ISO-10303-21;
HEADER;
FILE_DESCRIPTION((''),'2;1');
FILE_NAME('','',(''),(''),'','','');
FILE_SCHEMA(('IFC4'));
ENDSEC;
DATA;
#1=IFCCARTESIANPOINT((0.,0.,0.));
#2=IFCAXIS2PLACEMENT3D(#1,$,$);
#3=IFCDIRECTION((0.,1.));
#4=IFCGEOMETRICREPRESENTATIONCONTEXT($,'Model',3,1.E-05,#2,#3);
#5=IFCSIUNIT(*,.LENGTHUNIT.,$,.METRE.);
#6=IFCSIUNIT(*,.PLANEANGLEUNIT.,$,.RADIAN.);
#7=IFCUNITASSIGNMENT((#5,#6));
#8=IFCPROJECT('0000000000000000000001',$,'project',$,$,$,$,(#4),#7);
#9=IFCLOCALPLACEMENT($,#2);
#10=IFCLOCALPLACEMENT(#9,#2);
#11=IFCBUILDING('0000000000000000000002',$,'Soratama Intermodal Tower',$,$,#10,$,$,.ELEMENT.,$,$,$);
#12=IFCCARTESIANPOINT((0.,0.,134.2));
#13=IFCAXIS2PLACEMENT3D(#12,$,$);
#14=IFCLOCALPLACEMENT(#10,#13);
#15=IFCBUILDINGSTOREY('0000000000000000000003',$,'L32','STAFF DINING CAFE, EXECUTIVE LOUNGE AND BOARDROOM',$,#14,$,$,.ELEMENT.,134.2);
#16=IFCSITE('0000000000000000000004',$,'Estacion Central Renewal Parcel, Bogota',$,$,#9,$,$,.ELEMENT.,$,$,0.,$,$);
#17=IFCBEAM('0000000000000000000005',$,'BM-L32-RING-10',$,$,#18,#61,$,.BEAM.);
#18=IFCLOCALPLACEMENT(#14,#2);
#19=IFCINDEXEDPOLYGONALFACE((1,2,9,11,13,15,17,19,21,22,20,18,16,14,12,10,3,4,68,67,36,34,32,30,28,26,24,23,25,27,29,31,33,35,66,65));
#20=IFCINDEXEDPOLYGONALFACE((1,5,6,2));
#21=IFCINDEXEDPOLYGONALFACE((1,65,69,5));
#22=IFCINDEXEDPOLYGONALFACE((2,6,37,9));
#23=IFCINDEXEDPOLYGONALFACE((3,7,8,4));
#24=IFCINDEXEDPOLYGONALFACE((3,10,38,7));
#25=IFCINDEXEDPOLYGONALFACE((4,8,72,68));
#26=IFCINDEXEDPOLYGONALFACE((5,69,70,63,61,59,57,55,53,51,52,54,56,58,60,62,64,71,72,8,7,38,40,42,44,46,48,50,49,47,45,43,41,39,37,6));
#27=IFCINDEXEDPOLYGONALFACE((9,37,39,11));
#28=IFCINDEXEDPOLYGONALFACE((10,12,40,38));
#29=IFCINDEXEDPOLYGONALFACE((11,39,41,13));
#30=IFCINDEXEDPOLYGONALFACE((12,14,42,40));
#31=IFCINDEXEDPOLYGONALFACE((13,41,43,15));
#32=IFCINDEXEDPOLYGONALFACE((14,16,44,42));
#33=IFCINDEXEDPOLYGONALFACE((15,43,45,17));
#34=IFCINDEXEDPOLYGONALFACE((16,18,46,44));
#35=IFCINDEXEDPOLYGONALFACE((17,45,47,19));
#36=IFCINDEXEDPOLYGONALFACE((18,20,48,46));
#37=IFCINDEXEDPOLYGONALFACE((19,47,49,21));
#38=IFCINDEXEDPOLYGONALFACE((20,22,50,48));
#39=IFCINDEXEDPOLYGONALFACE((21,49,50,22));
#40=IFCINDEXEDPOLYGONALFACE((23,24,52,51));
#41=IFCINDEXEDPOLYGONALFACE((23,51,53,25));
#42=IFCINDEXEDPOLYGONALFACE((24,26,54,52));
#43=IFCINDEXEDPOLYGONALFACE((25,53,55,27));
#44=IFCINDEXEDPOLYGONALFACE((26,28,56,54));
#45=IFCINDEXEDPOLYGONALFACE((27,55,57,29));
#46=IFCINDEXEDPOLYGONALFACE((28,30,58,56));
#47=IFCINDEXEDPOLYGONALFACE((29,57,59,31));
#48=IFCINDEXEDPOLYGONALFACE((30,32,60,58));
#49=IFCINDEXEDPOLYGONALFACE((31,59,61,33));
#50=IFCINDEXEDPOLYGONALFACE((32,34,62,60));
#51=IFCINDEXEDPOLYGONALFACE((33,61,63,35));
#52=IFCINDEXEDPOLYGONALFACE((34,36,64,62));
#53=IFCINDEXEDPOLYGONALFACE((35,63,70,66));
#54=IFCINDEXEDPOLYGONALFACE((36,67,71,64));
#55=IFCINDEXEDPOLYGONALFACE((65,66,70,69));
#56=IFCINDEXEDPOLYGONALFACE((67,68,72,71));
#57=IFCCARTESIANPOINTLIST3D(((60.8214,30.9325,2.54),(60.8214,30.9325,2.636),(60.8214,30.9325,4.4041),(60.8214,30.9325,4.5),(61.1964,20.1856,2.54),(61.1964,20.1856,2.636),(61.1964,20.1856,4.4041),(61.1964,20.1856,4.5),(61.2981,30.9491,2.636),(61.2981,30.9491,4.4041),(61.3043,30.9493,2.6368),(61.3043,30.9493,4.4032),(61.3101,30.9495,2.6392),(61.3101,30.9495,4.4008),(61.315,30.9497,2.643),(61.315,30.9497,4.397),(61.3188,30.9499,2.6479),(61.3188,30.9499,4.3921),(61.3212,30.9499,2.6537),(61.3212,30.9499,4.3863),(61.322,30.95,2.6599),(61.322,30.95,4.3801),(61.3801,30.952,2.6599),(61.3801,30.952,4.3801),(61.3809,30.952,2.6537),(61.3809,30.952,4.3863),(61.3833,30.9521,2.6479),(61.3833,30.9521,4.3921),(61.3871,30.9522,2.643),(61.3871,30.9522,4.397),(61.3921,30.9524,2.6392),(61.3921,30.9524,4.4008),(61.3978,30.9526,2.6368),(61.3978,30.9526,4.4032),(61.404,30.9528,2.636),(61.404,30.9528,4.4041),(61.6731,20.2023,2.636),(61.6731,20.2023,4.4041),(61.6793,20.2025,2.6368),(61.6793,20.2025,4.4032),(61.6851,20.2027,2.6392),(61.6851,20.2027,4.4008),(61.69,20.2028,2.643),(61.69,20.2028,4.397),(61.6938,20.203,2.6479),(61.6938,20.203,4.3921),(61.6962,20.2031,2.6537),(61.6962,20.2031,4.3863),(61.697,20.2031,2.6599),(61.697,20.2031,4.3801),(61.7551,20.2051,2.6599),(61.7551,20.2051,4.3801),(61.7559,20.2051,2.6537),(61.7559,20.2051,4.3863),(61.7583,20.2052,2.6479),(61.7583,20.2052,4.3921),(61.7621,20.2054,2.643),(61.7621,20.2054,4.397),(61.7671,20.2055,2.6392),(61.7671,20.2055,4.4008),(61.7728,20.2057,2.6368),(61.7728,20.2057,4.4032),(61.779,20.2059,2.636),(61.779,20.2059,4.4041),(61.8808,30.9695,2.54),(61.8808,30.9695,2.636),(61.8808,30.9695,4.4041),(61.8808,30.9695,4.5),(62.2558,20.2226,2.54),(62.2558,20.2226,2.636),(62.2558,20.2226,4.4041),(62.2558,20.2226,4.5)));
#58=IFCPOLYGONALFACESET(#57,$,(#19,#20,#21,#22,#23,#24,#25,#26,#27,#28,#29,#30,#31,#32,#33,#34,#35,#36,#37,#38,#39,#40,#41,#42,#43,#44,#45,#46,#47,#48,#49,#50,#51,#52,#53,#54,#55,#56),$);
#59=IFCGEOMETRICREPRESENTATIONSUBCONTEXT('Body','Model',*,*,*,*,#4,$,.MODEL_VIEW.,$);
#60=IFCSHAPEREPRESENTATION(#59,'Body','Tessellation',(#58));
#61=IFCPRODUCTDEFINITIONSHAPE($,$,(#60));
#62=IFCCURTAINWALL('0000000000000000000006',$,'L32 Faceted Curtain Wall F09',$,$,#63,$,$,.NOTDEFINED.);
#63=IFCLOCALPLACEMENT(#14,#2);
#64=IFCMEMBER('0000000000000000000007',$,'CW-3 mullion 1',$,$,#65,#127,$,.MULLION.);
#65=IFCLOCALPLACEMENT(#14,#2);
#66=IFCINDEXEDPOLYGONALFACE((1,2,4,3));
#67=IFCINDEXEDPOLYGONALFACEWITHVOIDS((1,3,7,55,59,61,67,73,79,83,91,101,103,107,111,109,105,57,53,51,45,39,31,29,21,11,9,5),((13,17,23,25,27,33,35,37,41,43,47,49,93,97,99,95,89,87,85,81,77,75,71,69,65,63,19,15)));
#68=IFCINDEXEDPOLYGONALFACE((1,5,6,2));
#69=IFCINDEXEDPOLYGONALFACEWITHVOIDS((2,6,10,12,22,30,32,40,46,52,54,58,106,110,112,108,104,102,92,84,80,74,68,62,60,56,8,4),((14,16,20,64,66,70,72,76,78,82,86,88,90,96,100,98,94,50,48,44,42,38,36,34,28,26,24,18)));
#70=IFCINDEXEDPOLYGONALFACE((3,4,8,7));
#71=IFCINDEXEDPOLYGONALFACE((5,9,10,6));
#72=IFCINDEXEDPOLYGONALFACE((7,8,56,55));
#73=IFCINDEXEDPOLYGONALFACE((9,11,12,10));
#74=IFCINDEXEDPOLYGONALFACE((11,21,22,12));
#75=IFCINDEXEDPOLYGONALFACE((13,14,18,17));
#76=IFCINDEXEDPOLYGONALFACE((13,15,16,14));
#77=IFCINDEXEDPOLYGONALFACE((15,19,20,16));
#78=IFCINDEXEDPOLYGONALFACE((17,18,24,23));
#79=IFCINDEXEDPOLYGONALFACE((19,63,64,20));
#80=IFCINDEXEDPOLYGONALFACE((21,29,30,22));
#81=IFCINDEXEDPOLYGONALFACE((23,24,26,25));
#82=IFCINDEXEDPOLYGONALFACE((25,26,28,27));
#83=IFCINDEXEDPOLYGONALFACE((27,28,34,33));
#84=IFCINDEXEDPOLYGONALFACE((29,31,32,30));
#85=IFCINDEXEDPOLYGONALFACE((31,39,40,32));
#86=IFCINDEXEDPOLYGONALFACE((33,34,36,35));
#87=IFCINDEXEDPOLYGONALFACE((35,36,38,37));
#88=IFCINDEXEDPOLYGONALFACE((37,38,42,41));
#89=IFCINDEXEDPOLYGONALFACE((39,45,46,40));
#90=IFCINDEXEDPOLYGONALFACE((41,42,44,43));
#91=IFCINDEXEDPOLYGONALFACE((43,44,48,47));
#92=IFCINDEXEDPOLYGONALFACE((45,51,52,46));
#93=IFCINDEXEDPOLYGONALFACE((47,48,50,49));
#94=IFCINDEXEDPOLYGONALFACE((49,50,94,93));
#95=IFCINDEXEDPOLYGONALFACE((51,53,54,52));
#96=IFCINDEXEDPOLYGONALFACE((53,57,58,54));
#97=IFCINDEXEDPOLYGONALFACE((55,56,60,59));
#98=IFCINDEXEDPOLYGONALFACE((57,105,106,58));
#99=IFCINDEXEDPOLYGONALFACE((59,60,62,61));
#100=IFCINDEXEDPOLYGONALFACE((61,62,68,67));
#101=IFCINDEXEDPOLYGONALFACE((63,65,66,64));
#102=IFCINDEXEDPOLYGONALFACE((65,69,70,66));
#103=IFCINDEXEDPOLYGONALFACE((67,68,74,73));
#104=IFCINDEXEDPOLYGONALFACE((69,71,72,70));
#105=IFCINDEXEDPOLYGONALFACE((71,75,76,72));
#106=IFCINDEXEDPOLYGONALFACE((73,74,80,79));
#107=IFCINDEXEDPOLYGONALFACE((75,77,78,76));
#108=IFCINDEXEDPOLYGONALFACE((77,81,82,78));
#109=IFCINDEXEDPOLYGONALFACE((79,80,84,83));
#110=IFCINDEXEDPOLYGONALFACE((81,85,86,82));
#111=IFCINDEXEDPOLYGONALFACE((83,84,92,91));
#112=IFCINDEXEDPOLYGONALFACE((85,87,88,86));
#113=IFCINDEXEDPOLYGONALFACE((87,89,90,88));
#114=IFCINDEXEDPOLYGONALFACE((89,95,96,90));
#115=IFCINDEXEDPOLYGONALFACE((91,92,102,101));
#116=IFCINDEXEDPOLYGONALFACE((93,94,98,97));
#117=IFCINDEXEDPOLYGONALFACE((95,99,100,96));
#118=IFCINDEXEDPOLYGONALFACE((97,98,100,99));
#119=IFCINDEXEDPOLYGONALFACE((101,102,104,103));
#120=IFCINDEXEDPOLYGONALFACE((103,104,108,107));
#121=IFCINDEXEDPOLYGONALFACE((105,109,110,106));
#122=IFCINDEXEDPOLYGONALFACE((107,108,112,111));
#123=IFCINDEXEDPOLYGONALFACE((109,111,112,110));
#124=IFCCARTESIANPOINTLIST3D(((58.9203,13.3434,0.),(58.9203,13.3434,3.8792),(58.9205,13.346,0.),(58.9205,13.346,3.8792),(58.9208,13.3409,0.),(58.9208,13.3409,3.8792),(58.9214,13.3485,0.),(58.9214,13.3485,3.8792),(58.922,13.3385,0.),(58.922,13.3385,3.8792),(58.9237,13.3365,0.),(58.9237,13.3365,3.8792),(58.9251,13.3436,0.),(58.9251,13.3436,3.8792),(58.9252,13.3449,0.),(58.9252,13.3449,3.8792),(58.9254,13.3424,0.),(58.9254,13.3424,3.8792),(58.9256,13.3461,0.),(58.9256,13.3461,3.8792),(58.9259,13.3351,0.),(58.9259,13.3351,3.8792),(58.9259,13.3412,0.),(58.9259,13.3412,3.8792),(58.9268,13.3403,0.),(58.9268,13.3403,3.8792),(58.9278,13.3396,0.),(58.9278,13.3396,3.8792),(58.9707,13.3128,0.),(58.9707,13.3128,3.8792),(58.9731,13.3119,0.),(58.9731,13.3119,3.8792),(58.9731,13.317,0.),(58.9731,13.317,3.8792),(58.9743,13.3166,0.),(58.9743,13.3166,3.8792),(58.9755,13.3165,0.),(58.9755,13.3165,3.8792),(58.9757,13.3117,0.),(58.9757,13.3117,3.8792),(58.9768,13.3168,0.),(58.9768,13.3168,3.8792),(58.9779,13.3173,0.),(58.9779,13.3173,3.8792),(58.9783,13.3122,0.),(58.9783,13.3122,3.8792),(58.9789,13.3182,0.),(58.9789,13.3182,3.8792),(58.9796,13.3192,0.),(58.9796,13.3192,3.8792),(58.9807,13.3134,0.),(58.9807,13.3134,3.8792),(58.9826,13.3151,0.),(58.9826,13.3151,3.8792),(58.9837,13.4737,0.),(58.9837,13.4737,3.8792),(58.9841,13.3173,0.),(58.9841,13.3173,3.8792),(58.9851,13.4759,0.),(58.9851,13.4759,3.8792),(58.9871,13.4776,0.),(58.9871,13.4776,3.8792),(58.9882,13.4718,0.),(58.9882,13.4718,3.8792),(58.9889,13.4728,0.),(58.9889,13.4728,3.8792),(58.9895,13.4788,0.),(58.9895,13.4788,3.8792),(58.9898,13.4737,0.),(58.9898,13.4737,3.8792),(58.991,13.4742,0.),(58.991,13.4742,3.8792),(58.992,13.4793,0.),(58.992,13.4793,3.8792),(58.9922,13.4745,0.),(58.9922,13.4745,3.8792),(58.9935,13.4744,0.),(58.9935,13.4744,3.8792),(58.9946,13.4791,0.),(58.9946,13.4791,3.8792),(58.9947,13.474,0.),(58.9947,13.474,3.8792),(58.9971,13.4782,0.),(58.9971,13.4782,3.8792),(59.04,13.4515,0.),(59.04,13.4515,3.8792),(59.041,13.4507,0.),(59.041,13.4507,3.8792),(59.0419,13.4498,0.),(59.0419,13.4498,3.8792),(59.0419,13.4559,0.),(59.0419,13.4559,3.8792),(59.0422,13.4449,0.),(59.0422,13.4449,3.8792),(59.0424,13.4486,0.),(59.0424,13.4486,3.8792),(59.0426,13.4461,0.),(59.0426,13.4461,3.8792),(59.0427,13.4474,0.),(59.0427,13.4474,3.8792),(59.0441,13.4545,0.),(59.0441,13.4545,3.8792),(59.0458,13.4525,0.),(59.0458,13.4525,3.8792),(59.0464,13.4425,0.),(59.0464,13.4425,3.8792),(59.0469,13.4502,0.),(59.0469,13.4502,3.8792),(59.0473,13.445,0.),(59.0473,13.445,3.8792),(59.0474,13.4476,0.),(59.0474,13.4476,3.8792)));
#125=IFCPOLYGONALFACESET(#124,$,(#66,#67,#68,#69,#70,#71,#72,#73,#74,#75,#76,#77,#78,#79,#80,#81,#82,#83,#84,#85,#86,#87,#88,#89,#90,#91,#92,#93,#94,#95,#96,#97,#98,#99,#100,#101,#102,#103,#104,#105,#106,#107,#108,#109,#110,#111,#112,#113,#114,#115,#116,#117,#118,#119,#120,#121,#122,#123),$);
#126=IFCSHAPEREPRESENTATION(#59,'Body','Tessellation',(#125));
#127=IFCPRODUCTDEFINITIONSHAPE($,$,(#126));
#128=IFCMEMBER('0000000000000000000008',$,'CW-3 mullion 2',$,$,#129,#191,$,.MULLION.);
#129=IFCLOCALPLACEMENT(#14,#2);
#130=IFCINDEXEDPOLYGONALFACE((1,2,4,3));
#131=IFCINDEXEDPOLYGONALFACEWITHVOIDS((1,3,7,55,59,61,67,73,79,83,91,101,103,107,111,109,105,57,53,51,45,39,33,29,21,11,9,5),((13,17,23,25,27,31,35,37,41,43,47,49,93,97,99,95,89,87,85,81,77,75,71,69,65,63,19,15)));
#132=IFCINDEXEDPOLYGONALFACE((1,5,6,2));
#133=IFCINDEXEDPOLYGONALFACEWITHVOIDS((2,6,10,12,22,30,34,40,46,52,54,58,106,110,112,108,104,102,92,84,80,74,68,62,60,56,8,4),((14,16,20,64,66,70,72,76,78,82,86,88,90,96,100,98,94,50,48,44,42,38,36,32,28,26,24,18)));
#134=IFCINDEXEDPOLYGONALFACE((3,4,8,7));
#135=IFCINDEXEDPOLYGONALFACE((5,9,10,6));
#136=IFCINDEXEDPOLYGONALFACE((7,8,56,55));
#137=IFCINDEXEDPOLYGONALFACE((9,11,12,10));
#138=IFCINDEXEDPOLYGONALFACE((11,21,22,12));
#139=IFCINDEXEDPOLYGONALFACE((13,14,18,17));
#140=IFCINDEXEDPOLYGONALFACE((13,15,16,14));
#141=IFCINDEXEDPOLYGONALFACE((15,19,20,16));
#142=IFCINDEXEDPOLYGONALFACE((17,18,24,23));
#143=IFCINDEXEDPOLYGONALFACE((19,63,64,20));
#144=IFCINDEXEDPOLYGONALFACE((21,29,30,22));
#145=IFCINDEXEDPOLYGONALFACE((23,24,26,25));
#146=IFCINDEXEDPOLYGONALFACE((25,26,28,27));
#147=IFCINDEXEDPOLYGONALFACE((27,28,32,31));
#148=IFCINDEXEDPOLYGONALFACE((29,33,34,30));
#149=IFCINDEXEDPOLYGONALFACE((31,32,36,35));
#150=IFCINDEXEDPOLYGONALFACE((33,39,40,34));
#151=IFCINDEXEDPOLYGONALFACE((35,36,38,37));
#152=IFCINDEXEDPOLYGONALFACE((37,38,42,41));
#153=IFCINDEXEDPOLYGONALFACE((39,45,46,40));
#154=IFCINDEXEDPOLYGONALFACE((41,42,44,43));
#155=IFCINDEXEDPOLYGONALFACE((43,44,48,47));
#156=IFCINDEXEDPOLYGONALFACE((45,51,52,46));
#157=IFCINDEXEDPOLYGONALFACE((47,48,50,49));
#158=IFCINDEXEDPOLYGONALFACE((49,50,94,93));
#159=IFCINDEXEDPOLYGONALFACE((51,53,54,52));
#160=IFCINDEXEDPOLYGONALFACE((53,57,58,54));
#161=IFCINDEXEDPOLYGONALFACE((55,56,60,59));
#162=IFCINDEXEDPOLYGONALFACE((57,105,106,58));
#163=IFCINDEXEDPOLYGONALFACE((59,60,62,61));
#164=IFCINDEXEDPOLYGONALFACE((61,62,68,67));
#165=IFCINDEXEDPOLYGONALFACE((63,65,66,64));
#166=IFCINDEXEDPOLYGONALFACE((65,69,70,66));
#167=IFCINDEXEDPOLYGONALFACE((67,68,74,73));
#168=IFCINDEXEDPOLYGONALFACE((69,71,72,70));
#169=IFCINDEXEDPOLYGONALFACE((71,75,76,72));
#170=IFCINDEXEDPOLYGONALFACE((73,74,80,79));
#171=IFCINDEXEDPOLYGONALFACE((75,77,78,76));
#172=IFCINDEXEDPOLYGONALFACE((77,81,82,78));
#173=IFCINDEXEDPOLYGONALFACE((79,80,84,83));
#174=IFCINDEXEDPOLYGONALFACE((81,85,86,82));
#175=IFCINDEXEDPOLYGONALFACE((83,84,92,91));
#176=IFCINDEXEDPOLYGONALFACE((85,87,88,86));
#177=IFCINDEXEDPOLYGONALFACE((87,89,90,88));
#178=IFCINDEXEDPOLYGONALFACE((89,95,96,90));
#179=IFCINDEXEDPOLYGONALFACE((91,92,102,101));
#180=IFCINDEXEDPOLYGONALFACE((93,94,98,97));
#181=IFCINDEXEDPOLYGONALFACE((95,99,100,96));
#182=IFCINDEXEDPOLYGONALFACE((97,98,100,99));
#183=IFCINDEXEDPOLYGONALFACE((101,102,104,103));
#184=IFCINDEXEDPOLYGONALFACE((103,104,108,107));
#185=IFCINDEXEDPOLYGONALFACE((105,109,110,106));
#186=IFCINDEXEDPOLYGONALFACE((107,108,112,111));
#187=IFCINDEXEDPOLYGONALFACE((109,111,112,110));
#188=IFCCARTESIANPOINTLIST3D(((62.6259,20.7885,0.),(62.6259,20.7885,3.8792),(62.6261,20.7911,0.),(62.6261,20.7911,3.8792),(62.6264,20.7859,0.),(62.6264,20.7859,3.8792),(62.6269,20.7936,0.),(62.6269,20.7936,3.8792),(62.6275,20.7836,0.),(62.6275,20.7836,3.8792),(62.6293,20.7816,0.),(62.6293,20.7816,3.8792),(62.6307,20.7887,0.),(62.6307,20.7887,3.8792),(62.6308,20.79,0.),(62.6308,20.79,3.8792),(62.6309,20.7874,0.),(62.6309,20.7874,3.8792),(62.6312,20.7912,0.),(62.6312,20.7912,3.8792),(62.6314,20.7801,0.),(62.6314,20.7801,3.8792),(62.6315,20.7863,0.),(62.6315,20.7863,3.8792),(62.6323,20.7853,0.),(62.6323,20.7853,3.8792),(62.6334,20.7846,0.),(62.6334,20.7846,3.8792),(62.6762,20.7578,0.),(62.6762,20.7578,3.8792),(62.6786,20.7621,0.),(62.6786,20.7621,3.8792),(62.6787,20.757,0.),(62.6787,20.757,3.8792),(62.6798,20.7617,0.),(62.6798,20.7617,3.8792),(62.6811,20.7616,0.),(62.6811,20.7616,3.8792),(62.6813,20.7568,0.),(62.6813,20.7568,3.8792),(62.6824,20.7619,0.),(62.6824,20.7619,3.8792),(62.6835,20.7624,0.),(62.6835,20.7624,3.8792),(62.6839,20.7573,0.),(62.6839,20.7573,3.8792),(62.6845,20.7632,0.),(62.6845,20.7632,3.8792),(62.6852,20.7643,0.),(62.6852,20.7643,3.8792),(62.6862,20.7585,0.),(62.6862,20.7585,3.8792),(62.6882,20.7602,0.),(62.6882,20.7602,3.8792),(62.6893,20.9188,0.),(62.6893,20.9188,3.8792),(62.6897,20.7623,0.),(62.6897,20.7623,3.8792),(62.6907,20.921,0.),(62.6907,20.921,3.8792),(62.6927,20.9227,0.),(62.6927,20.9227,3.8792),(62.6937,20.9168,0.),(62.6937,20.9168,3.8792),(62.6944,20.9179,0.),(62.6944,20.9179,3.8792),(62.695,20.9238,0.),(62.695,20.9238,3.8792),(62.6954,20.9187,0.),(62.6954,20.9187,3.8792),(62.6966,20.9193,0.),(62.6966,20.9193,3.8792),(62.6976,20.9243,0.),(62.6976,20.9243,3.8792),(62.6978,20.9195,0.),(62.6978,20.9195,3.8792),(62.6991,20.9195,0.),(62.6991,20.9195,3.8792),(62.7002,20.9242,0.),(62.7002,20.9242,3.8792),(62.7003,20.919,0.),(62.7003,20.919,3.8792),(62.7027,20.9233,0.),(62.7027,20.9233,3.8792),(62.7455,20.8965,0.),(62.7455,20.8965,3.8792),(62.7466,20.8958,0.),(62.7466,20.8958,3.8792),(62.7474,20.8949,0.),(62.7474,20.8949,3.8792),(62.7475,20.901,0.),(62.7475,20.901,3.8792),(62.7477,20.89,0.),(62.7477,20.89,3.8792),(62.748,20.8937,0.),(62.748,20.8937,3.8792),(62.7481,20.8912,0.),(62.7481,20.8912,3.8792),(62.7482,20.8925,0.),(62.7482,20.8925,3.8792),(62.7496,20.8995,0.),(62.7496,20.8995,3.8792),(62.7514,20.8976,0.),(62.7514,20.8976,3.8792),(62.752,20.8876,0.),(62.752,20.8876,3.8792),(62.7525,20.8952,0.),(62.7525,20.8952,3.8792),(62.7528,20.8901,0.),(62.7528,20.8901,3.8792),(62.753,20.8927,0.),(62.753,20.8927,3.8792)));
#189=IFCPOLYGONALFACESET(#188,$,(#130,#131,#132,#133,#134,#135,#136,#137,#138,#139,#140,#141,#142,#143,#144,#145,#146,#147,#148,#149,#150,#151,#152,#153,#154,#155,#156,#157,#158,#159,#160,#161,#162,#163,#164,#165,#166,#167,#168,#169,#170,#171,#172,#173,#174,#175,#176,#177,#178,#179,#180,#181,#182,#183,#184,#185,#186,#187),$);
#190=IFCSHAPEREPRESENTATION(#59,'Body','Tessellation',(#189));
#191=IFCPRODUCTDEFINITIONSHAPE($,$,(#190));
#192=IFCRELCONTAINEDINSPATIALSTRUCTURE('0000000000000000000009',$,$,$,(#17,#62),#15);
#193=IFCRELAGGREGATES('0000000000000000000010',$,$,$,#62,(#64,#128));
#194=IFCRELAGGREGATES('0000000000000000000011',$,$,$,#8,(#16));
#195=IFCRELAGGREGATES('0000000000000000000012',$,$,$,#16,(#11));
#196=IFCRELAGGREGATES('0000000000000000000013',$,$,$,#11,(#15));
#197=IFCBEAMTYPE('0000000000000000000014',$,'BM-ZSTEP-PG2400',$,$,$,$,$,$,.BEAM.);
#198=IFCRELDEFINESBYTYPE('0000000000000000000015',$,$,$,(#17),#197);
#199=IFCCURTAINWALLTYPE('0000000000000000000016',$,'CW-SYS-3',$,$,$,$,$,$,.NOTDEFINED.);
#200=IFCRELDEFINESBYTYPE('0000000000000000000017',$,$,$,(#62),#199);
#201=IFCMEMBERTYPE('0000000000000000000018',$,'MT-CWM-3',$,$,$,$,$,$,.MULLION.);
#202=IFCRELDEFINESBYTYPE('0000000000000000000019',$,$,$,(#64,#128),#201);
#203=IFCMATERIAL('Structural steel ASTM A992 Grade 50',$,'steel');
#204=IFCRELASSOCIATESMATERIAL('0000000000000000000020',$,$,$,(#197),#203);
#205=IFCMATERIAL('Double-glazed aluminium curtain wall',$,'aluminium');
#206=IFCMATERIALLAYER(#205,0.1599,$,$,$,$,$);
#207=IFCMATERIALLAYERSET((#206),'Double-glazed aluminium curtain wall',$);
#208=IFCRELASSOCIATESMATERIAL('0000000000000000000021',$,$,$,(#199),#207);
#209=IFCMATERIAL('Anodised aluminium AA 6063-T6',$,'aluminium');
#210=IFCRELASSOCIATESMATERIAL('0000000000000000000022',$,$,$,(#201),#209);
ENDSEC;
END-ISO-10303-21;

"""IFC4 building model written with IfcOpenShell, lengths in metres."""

from ifc_helpers import new_model, si_unit, direction, frame, origin, origin_2d, place, context, subcontext, project, spatial, hollow_rectangle, i_section, extrude, material, layer, layer_set, material_profile, profile_set, type_object, element, aggregate, save


model = new_model("IFC4")

# Units and contexts
model_context = context("Model", 3, precision=1e-05, world=origin(), true_north=direction((0.0, 1.0)))
body_context = subcontext(model_context, "Body", "Model", "MODEL_VIEW")
ifc_project = project(units=[si_unit("LENGTHUNIT", "METRE"), si_unit("PLANEANGLEUNIT", "RADIAN")], contexts=[model_context])

# Site, building, storey
site_placement = place(None, origin())
site = spatial("IfcSite", under=ifc_project, at=site_placement, Name="Estacion Central Renewal Parcel, Bogota", CompositionType="ELEMENT", RefElevation=0.0)
building_placement = place(site_placement, origin())
building = spatial("IfcBuilding", under=site, at=building_placement, Name="Soratama Intermodal Tower", CompositionType="ELEMENT")
storey_placement = place(building_placement, frame((0.0, 0.0, 134.2)))
storey = spatial("IfcBuildingStorey", under=building, at=storey_placement, Name="L32", Description="STAFF DINING CAFE, EXECUTIVE LOUNGE AND BOARDROOM", CompositionType="ELEMENT", Elevation=134.2)

# Beam
ifc_material_1 = material(Name="Structural steel ASTM A992 Grade 50", Category="steel")
ifc_material_profile_1 = material_profile(ifc_material_1, i_section(OverallWidth=1.0601, OverallDepth=1.96, WebThickness=0.0581, FlangeThickness=0.0959, FilletRadius=0.0239, at=origin_2d()), Name="PG2400X900")
ifc_profile_set_1 = profile_set([ifc_material_profile_1], Name="Structural steel ASTM A992 Grade 50")
beam_type_1 = type_object("IfcBeamType", Name="BM-ZSTEP-PG2400", PredefinedType="BEAM", material=ifc_profile_set_1)
beam_1_placement = place(storey_placement, frame((61.7261, 20.2041, 3.52), z_axis=(-0.034873, 0.999392, 0.0), x_axis=(-0.999392, -0.034873, 0.0)))
element("IfcBeam", 1, at=beam_1_placement, inside=storey, type_object=beam_type_1, Name="BM-L32-RING-10", PredefinedType="BEAM", context=body_context, shape_type="SweptSolid", body=[
    extrude(i_section(OverallWidth=1.0601, OverallDepth=1.96, WebThickness=0.0581, FlangeThickness=0.0959, FilletRadius=0.0239, at=origin_2d()), origin(), (0.0, 0.0, 1.0), 10.7534),
])

# Curtain wall, members
ifc_material_2 = material(Name="Double-glazed aluminium curtain wall", Category="aluminium")
ifc_layer_1 = layer(ifc_material_2, 0.1599)
ifc_layer_set_1 = layer_set([ifc_layer_1], Name="Double-glazed aluminium curtain wall")
curtain_wall_type = type_object("IfcCurtainWallType", Name="CW-SYS-3", PredefinedType="NOTDEFINED", material=ifc_layer_set_1)
curtain_wall_1_placement = place(storey_placement, origin())
curtain_wall_1 = element("IfcCurtainWall", 2, at=curtain_wall_1_placement, inside=storey, type_object=curtain_wall_type, Name="L32 Faceted Curtain Wall F09", PredefinedType="NOTDEFINED")
ifc_material_3 = material(Name="Anodised aluminium AA 6063-T6", Category="aluminium")
ifc_material_profile_2 = material_profile(ifc_material_3, hollow_rectangle(XDim=0.0701, YDim=0.1599, WallThickness=0.0049, InnerFilletRadius=0.0049, OuterFilletRadius=0.01, at=origin_2d()), Name="CWM160X70X5")
ifc_profile_set_2 = profile_set([ifc_material_profile_2], Name="Anodised aluminium AA 6063-T6")
member_type_1 = type_object("IfcMemberType", Name="MT-CWM-3", PredefinedType="MULLION", material=ifc_profile_set_2)
member_1_placement = place(storey_placement, frame((58.9839, 13.3955, 0.0), z_axis=(0.0, 0.0, 1.0), x_axis=(-0.895247, 0.44557, 0.0)))
member_1 = element("IfcMember", 3, at=member_1_placement, type_object=member_type_1, Name="CW-3 mullion 1", PredefinedType="MULLION", context=body_context, shape_type="SweptSolid", body=[
    extrude(hollow_rectangle(XDim=0.0701, YDim=0.1599, WallThickness=0.0049, InnerFilletRadius=0.0049, OuterFilletRadius=0.01, at=origin_2d()), origin(), (0.0, 0.0, 1.0), 3.8792),
])
member_2_placement = place(storey_placement, frame((62.6895, 20.8406, 0.0), z_axis=(0.0, 0.0, 1.0), x_axis=(-0.895247, 0.44557, 0.0)))
member_2 = element("IfcMember", 4, at=member_2_placement, type_object=member_type_1, Name="CW-3 mullion 2", PredefinedType="MULLION", context=body_context, shape_type="SweptSolid", body=[
    extrude(hollow_rectangle(XDim=0.0701, YDim=0.1599, WallThickness=0.0049, InnerFilletRadius=0.0049, OuterFilletRadius=0.01, at=origin_2d()), origin(), (0.0, 0.0, 1.0), 3.8792),
])

aggregate(curtain_wall_1, [member_1, member_2])

save(model, "model.ifc")
